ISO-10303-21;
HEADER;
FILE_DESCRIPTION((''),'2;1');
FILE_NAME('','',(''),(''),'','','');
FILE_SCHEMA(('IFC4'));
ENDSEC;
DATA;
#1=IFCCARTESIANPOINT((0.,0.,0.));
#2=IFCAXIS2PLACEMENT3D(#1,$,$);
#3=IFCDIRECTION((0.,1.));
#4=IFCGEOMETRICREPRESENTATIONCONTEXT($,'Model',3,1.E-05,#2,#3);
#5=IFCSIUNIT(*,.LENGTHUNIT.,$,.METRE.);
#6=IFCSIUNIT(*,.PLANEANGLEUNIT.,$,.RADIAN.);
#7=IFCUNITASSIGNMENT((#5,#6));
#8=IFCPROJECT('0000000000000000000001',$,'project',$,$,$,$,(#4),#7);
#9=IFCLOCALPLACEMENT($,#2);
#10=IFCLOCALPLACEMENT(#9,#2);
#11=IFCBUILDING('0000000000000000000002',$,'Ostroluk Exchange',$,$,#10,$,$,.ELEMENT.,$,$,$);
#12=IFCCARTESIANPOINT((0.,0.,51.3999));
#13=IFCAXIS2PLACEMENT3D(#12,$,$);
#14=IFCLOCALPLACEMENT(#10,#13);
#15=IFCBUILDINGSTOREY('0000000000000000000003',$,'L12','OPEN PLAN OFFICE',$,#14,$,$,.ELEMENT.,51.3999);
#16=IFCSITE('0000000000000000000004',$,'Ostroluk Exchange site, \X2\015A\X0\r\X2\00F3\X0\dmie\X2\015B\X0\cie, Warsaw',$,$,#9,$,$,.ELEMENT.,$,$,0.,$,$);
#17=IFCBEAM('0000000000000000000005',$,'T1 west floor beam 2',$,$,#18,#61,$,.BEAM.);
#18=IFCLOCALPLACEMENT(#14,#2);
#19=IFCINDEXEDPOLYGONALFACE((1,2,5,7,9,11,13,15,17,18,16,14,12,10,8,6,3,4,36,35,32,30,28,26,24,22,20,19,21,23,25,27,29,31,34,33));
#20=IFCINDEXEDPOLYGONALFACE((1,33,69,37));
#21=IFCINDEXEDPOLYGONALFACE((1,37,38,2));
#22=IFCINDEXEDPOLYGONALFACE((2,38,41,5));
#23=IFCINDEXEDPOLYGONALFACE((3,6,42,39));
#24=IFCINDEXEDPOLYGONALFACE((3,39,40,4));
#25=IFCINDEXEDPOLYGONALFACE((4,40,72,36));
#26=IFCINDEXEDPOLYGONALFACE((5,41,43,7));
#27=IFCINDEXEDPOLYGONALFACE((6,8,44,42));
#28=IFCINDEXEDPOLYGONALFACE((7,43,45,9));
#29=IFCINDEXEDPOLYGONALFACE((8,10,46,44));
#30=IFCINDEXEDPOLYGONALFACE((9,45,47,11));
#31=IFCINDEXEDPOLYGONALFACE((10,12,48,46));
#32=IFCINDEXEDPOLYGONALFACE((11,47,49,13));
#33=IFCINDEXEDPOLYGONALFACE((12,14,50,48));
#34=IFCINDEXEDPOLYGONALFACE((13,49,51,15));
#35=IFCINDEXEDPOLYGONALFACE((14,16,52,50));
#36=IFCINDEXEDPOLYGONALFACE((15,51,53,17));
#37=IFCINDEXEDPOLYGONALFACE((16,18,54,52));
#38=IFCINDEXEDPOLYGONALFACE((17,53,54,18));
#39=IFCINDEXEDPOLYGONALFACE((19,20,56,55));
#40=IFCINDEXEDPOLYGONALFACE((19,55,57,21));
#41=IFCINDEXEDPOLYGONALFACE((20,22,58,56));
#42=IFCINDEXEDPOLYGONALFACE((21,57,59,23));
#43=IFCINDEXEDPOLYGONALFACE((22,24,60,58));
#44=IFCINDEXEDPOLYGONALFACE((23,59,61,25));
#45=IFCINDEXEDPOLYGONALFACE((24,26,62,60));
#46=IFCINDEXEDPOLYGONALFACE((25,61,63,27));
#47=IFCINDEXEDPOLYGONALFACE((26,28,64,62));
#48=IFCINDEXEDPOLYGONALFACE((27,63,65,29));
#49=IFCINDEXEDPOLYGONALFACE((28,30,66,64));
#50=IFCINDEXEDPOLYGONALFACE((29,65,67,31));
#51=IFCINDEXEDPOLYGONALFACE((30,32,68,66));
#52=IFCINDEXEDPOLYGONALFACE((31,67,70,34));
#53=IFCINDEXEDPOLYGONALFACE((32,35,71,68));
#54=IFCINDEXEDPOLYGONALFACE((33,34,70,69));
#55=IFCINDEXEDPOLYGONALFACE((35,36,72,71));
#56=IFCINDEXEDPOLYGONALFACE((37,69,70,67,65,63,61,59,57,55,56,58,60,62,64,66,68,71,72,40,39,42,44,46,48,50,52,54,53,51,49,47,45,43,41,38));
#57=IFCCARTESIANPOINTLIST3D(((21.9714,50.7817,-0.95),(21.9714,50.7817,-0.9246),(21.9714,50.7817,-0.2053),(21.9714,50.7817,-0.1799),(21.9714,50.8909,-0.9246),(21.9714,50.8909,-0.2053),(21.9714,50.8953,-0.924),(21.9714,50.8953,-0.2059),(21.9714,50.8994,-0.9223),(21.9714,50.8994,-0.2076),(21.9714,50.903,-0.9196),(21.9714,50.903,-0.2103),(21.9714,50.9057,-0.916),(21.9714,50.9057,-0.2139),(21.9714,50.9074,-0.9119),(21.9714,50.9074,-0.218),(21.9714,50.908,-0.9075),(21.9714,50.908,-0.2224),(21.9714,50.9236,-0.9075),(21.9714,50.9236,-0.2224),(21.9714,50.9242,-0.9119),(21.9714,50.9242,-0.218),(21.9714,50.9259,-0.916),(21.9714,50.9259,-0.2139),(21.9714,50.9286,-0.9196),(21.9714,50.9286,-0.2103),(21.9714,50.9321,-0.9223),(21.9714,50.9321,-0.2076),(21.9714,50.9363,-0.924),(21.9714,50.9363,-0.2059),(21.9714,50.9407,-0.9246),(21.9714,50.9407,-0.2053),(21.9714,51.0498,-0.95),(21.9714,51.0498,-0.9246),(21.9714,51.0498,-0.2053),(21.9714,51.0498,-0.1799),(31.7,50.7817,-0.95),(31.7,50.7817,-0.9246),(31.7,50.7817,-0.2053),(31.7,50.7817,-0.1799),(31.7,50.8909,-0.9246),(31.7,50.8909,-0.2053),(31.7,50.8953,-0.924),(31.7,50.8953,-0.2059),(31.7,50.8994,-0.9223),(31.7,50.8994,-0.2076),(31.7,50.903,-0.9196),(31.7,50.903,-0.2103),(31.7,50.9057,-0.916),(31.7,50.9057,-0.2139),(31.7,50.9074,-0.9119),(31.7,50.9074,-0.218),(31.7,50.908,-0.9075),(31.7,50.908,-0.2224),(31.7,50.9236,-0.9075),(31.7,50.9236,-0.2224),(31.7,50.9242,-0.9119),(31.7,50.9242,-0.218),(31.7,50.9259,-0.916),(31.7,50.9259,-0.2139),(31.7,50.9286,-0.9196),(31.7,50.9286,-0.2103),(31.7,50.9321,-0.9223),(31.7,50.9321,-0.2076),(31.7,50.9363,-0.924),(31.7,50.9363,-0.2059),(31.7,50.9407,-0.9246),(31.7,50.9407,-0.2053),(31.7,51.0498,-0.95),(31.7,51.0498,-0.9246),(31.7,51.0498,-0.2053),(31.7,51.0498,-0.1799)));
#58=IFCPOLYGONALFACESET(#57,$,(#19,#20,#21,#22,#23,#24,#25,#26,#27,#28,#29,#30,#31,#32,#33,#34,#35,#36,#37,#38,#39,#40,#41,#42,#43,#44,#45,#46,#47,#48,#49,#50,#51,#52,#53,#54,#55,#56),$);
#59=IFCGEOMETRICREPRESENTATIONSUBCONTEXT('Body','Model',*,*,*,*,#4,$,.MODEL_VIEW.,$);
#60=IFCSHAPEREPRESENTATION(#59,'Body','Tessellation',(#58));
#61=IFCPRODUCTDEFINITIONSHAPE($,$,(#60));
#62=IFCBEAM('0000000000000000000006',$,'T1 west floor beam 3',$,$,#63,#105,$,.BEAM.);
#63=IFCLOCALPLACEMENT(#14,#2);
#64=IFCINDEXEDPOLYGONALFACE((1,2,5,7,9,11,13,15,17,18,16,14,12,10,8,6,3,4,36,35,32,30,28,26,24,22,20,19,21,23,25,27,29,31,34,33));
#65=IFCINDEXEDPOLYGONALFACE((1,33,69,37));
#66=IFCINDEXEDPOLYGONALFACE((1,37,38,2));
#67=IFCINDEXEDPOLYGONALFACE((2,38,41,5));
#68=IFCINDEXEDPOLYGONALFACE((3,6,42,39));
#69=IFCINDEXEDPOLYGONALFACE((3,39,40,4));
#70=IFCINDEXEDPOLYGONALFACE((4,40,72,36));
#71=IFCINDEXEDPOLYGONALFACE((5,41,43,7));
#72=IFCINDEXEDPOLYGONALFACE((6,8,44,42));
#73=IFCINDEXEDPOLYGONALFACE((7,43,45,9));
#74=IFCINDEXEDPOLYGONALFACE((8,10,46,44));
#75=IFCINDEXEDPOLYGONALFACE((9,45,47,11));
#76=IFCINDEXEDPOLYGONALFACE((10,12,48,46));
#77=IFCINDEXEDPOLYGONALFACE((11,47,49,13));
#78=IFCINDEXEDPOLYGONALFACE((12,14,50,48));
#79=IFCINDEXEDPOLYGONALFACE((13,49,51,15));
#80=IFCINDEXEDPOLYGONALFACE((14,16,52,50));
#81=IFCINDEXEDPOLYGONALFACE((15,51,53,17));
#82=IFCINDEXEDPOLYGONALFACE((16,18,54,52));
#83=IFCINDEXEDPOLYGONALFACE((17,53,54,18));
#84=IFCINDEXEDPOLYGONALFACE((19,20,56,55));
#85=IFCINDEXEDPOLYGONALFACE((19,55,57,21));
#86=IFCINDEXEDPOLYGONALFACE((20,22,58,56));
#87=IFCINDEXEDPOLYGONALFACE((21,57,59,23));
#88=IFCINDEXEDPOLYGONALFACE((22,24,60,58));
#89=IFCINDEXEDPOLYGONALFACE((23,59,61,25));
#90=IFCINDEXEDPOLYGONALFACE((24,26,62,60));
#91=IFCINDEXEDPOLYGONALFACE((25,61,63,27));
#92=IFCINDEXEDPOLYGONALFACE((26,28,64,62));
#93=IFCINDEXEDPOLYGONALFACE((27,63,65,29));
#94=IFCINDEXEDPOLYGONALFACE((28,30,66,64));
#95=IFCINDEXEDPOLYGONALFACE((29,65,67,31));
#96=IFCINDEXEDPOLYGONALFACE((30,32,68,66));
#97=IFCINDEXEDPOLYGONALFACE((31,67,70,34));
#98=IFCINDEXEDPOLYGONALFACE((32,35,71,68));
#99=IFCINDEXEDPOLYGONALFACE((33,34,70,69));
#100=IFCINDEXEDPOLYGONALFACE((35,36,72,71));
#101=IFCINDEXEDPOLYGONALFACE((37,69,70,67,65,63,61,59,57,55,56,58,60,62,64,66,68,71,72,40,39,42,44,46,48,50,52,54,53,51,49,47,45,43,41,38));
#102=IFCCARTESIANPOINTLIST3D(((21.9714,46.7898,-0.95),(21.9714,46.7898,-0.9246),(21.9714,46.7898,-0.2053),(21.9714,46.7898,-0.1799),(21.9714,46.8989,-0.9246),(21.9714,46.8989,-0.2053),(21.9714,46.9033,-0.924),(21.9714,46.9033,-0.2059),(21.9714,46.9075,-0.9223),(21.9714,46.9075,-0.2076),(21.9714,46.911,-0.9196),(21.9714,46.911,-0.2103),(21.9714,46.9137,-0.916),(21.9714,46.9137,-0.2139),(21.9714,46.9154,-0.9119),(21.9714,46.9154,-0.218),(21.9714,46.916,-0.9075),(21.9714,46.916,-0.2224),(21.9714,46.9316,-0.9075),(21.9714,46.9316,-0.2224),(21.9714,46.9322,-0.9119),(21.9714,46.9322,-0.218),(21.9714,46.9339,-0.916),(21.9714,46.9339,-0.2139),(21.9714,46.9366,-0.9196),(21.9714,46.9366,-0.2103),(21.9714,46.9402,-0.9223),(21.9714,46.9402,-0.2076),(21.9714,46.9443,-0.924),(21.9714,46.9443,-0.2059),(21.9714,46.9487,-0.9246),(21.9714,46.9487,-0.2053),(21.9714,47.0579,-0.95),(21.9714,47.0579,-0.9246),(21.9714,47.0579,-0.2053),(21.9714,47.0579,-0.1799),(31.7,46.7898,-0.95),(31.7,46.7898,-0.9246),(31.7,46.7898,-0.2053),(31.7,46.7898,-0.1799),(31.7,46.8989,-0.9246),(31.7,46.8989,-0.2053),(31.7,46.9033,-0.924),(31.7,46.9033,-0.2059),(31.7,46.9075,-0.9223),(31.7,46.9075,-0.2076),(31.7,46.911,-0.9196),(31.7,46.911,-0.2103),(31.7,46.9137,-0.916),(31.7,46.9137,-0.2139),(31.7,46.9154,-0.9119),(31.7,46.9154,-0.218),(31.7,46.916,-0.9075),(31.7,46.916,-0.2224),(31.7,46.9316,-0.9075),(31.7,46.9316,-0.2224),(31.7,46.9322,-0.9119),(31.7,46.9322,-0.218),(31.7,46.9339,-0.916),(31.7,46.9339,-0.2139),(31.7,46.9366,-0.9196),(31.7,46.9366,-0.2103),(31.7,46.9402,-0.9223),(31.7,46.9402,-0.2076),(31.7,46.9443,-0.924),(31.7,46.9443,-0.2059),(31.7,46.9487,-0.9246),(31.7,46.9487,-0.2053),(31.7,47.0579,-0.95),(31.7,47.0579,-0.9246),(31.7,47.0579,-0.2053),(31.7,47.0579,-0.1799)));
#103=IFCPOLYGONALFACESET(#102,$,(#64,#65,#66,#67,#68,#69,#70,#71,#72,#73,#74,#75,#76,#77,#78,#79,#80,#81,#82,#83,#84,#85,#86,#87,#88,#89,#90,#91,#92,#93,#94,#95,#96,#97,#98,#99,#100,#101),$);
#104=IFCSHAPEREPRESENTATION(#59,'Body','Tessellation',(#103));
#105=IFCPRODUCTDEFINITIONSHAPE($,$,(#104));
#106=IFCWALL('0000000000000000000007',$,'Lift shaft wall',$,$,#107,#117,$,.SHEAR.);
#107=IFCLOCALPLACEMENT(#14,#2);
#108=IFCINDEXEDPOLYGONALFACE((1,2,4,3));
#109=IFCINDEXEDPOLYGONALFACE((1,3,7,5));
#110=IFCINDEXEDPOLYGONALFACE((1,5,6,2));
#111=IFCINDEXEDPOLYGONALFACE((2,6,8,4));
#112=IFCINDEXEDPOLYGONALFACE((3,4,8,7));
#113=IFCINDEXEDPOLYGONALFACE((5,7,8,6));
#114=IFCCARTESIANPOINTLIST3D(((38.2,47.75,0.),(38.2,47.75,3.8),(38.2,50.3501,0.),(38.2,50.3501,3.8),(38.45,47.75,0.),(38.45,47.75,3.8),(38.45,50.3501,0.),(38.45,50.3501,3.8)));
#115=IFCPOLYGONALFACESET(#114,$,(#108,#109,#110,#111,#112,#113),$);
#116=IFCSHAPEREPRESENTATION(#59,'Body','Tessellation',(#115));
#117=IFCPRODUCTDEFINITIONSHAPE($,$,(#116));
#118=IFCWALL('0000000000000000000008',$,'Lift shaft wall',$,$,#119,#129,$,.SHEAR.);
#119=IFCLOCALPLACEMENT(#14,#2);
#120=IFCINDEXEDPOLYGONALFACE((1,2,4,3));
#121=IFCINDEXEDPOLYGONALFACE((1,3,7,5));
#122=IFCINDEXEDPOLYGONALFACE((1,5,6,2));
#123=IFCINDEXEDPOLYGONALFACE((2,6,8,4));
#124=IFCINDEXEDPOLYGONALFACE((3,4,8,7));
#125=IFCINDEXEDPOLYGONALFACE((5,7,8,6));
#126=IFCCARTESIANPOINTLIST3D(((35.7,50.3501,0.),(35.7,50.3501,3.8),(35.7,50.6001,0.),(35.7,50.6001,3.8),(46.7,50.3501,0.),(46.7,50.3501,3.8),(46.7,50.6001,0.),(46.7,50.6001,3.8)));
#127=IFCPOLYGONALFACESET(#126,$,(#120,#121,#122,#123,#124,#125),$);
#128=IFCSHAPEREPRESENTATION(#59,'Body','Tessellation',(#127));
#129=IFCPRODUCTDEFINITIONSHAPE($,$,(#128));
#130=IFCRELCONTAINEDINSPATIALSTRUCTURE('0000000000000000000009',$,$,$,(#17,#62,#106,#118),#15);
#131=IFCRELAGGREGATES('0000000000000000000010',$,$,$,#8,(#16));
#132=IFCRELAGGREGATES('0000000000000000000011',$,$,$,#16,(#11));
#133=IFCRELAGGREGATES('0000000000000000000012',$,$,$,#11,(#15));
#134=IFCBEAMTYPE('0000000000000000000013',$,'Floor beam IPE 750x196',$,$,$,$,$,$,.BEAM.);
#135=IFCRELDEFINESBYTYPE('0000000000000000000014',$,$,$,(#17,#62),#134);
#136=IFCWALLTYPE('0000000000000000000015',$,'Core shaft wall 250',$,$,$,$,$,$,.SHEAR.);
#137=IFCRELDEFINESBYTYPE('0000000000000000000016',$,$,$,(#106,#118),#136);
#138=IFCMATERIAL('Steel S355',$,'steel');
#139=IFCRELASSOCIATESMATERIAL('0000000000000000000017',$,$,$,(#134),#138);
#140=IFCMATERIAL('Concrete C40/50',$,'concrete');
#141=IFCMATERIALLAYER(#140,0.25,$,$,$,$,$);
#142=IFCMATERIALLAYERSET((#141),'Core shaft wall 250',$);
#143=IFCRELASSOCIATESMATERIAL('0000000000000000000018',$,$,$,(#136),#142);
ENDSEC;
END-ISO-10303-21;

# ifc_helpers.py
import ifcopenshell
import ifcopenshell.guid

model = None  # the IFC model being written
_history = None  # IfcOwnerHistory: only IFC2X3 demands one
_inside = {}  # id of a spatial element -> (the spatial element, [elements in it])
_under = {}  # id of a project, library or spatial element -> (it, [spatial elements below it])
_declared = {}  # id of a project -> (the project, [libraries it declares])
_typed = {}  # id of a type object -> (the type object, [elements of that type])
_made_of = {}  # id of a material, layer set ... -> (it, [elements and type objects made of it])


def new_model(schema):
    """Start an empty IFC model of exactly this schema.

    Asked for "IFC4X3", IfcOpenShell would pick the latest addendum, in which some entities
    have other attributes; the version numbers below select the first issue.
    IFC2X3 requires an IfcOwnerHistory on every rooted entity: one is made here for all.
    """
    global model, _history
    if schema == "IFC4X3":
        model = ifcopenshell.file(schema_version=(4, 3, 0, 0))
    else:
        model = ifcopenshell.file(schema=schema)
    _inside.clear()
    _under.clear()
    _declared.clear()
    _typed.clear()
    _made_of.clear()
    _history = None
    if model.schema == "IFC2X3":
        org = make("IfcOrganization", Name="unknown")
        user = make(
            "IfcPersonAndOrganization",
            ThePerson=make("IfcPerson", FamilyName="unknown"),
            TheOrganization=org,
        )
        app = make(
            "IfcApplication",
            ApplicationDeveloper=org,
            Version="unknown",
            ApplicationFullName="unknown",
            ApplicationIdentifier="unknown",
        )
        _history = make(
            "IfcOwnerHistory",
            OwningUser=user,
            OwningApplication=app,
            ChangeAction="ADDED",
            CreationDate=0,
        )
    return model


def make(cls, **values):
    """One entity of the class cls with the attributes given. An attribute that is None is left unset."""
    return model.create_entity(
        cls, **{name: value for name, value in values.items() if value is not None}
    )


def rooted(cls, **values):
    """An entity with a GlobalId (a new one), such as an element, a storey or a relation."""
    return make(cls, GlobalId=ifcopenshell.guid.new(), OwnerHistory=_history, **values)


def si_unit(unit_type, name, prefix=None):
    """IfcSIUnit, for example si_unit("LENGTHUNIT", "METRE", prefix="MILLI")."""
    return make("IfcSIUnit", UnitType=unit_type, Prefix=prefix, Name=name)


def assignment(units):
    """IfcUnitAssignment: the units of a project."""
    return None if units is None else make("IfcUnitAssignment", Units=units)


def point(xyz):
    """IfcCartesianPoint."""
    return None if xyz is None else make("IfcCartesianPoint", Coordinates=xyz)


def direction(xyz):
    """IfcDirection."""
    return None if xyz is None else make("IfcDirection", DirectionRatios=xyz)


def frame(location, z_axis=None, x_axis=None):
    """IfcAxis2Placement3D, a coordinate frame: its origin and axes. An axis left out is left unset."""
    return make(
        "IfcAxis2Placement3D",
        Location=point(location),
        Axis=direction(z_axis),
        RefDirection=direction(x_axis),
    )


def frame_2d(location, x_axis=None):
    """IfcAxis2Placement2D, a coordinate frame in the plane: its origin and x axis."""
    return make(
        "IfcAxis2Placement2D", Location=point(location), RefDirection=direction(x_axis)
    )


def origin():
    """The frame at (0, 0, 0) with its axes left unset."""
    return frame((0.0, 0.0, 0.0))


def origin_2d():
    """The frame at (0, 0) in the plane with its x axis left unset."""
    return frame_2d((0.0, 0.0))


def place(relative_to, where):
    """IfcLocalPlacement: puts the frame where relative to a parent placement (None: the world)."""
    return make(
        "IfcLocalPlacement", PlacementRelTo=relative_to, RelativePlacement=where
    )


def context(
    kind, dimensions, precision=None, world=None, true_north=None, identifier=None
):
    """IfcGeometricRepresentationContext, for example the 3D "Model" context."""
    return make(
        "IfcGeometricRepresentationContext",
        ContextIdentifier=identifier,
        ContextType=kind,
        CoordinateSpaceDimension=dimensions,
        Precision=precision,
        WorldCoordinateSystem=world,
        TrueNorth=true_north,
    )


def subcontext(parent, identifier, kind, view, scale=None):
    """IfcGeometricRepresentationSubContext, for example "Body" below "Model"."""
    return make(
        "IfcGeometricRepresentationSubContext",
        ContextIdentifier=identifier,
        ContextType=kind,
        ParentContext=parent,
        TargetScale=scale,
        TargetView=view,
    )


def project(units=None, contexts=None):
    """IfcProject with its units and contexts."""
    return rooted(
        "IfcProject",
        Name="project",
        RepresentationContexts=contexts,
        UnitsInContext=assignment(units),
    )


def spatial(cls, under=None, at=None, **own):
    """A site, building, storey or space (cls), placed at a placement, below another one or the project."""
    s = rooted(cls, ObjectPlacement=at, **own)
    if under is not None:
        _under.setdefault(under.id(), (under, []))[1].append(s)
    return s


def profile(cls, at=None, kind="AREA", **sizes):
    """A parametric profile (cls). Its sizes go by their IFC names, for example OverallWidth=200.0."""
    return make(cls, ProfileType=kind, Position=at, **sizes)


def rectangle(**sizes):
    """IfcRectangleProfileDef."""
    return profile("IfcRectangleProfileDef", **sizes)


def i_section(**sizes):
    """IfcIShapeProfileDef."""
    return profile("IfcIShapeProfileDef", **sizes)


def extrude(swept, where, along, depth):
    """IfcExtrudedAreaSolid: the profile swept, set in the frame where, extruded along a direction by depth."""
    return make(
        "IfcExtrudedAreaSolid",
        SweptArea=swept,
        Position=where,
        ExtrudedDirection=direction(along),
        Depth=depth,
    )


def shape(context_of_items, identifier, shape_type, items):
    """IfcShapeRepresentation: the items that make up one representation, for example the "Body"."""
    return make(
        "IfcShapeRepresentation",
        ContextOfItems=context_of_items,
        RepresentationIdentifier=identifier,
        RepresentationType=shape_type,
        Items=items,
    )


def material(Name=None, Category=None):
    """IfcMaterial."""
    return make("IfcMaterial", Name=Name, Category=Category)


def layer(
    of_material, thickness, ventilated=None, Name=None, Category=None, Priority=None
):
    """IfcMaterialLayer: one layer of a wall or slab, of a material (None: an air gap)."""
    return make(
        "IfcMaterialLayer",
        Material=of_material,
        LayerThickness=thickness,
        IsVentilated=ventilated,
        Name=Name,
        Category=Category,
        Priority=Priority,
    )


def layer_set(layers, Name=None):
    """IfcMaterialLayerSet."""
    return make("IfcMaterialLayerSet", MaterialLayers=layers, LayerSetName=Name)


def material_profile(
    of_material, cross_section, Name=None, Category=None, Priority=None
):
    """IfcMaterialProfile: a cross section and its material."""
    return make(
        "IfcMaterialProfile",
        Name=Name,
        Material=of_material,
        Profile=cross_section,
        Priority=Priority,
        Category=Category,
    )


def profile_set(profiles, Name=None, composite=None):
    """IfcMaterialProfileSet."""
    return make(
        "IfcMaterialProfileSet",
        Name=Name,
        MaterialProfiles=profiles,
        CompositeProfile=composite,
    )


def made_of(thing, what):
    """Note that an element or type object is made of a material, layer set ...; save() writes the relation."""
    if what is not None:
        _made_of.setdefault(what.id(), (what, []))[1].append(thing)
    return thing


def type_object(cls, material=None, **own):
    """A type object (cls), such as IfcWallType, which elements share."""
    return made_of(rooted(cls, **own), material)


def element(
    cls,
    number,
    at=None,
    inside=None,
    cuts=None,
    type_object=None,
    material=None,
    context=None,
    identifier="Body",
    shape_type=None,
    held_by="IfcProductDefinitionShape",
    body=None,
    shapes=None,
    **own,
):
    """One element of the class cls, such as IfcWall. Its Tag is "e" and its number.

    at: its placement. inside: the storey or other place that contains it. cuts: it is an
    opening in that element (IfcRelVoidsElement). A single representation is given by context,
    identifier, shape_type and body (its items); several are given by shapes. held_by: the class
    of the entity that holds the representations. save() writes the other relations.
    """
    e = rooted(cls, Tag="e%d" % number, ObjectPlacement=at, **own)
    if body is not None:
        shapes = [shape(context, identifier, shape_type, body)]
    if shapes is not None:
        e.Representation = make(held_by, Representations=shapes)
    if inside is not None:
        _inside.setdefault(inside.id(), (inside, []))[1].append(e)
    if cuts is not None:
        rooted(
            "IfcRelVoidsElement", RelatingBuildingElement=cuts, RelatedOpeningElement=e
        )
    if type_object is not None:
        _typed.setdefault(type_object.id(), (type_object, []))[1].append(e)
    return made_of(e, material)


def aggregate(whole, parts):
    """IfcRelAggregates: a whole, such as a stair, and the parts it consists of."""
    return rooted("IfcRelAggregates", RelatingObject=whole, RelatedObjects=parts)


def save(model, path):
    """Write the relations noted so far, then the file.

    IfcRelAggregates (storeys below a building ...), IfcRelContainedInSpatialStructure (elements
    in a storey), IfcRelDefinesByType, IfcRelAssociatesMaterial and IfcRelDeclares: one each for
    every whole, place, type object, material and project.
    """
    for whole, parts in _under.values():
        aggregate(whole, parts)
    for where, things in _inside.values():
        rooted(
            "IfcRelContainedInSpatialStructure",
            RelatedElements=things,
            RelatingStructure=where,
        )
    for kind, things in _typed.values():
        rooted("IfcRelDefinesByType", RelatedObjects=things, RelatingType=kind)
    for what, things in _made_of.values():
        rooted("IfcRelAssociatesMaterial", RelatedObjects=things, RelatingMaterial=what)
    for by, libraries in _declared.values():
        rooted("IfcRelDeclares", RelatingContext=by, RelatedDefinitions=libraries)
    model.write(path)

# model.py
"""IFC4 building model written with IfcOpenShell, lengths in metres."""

from ifc_helpers import new_model, si_unit, direction, frame, frame_2d, origin, origin_2d, place, context, subcontext, project, spatial, rectangle, i_section, extrude, material, layer, layer_set, material_profile, profile_set, type_object, element, save


model = new_model("IFC4")

# Units and contexts
model_context = context("Model", 3, precision=1e-05, world=origin(), true_north=direction((0.0, 1.0)))
body_context = subcontext(model_context, "Body", "Model", "MODEL_VIEW")
ifc_project = project(units=[si_unit("LENGTHUNIT", "METRE"), si_unit("PLANEANGLEUNIT", "RADIAN")], contexts=[model_context])

# Site, building, storey
site_placement = place(None, origin())
site = spatial("IfcSite", under=ifc_project, at=site_placement, Name="Ostroluk Exchange site, Śródmieście, Warsaw", CompositionType="ELEMENT", RefElevation=0.0)
building_placement = place(site_placement, origin())
building = spatial("IfcBuilding", under=site, at=building_placement, Name="Ostroluk Exchange", CompositionType="ELEMENT")
storey_placement = place(building_placement, frame((0.0, 0.0, 51.3999)))
storey = spatial("IfcBuildingStorey", under=building, at=storey_placement, Name="L12", Description="OPEN PLAN OFFICE", CompositionType="ELEMENT", Elevation=51.3999)

# Beams
ifc_material_1 = material(Name="Steel S355", Category="steel")
ifc_material_profile = material_profile(ifc_material_1, i_section(OverallWidth=0.2681, OverallDepth=0.77, WebThickness=0.0156, FlangeThickness=0.0254, FilletRadius=0.0171, at=origin_2d()), Name="IPE 750x196")
ifc_profile_set = profile_set([ifc_material_profile], Name="Steel S355")
beam_type = type_object("IfcBeamType", Name="Floor beam IPE 750x196", PredefinedType="BEAM", material=ifc_profile_set)
for number, where, z_axis, x_axis, name in (
    (1, (31.7, 50.9158, -0.5649), (-1.0, 0.0, 0.0), (0.0, -1.0, 0.0), "T1 west floor beam 2"),
    (2, (31.7, 46.9238, -0.5649), (-1.0, 0.0, 0.0), (0.0, -1.0, 0.0), "T1 west floor beam 3"),
):
    element("IfcBeam", number, at=place(storey_placement, frame(where, z_axis=z_axis, x_axis=x_axis)), inside=storey, type_object=beam_type, Name=name, PredefinedType="BEAM", context=body_context, shape_type="SweptSolid", body=[
        extrude(i_section(OverallWidth=0.2681, OverallDepth=0.77, WebThickness=0.0156, FlangeThickness=0.0254, FilletRadius=0.0171, at=origin_2d()), origin(), (0.0, 0.0, 1.0), 9.7285),
    ])

# Walls
ifc_material_2 = material(Name="Concrete C40/50", Category="concrete")
ifc_layer = layer(ifc_material_2, 0.25)
ifc_layer_set = layer_set([ifc_layer], Name="Core shaft wall 250")
wall_type = type_object("IfcWallType", Name="Core shaft wall 250", PredefinedType="SHEAR", material=ifc_layer_set)
wall_1_placement = place(storey_placement, frame((38.325, 47.75, 0.0), z_axis=(0.0, 0.0, 1.0), x_axis=(0.0, 1.0, 0.0)))
element("IfcWall", 3, at=wall_1_placement, inside=storey, type_object=wall_type, Name="Lift shaft wall", PredefinedType="SHEAR", context=body_context, shape_type="SweptSolid", body=[
    extrude(rectangle(XDim=2.6001, YDim=0.25, at=frame_2d((1.3, 0.0))), origin(), (0.0, 0.0, 1.0), 3.8),
])
wall_2_placement = place(storey_placement, frame((35.7, 50.4751, 0.0), z_axis=(0.0, 0.0, 1.0), x_axis=(1.0, 0.0, 0.0)))
element("IfcWall", 4, at=wall_2_placement, inside=storey, type_object=wall_type, Name="Lift shaft wall", PredefinedType="SHEAR", context=body_context, shape_type="SweptSolid", body=[
    extrude(rectangle(XDim=11.0, YDim=0.25, at=frame_2d((5.5, 0.0))), origin(), (0.0, 0.0, 1.0), 3.8),
])

save(model, "model.ifc")
